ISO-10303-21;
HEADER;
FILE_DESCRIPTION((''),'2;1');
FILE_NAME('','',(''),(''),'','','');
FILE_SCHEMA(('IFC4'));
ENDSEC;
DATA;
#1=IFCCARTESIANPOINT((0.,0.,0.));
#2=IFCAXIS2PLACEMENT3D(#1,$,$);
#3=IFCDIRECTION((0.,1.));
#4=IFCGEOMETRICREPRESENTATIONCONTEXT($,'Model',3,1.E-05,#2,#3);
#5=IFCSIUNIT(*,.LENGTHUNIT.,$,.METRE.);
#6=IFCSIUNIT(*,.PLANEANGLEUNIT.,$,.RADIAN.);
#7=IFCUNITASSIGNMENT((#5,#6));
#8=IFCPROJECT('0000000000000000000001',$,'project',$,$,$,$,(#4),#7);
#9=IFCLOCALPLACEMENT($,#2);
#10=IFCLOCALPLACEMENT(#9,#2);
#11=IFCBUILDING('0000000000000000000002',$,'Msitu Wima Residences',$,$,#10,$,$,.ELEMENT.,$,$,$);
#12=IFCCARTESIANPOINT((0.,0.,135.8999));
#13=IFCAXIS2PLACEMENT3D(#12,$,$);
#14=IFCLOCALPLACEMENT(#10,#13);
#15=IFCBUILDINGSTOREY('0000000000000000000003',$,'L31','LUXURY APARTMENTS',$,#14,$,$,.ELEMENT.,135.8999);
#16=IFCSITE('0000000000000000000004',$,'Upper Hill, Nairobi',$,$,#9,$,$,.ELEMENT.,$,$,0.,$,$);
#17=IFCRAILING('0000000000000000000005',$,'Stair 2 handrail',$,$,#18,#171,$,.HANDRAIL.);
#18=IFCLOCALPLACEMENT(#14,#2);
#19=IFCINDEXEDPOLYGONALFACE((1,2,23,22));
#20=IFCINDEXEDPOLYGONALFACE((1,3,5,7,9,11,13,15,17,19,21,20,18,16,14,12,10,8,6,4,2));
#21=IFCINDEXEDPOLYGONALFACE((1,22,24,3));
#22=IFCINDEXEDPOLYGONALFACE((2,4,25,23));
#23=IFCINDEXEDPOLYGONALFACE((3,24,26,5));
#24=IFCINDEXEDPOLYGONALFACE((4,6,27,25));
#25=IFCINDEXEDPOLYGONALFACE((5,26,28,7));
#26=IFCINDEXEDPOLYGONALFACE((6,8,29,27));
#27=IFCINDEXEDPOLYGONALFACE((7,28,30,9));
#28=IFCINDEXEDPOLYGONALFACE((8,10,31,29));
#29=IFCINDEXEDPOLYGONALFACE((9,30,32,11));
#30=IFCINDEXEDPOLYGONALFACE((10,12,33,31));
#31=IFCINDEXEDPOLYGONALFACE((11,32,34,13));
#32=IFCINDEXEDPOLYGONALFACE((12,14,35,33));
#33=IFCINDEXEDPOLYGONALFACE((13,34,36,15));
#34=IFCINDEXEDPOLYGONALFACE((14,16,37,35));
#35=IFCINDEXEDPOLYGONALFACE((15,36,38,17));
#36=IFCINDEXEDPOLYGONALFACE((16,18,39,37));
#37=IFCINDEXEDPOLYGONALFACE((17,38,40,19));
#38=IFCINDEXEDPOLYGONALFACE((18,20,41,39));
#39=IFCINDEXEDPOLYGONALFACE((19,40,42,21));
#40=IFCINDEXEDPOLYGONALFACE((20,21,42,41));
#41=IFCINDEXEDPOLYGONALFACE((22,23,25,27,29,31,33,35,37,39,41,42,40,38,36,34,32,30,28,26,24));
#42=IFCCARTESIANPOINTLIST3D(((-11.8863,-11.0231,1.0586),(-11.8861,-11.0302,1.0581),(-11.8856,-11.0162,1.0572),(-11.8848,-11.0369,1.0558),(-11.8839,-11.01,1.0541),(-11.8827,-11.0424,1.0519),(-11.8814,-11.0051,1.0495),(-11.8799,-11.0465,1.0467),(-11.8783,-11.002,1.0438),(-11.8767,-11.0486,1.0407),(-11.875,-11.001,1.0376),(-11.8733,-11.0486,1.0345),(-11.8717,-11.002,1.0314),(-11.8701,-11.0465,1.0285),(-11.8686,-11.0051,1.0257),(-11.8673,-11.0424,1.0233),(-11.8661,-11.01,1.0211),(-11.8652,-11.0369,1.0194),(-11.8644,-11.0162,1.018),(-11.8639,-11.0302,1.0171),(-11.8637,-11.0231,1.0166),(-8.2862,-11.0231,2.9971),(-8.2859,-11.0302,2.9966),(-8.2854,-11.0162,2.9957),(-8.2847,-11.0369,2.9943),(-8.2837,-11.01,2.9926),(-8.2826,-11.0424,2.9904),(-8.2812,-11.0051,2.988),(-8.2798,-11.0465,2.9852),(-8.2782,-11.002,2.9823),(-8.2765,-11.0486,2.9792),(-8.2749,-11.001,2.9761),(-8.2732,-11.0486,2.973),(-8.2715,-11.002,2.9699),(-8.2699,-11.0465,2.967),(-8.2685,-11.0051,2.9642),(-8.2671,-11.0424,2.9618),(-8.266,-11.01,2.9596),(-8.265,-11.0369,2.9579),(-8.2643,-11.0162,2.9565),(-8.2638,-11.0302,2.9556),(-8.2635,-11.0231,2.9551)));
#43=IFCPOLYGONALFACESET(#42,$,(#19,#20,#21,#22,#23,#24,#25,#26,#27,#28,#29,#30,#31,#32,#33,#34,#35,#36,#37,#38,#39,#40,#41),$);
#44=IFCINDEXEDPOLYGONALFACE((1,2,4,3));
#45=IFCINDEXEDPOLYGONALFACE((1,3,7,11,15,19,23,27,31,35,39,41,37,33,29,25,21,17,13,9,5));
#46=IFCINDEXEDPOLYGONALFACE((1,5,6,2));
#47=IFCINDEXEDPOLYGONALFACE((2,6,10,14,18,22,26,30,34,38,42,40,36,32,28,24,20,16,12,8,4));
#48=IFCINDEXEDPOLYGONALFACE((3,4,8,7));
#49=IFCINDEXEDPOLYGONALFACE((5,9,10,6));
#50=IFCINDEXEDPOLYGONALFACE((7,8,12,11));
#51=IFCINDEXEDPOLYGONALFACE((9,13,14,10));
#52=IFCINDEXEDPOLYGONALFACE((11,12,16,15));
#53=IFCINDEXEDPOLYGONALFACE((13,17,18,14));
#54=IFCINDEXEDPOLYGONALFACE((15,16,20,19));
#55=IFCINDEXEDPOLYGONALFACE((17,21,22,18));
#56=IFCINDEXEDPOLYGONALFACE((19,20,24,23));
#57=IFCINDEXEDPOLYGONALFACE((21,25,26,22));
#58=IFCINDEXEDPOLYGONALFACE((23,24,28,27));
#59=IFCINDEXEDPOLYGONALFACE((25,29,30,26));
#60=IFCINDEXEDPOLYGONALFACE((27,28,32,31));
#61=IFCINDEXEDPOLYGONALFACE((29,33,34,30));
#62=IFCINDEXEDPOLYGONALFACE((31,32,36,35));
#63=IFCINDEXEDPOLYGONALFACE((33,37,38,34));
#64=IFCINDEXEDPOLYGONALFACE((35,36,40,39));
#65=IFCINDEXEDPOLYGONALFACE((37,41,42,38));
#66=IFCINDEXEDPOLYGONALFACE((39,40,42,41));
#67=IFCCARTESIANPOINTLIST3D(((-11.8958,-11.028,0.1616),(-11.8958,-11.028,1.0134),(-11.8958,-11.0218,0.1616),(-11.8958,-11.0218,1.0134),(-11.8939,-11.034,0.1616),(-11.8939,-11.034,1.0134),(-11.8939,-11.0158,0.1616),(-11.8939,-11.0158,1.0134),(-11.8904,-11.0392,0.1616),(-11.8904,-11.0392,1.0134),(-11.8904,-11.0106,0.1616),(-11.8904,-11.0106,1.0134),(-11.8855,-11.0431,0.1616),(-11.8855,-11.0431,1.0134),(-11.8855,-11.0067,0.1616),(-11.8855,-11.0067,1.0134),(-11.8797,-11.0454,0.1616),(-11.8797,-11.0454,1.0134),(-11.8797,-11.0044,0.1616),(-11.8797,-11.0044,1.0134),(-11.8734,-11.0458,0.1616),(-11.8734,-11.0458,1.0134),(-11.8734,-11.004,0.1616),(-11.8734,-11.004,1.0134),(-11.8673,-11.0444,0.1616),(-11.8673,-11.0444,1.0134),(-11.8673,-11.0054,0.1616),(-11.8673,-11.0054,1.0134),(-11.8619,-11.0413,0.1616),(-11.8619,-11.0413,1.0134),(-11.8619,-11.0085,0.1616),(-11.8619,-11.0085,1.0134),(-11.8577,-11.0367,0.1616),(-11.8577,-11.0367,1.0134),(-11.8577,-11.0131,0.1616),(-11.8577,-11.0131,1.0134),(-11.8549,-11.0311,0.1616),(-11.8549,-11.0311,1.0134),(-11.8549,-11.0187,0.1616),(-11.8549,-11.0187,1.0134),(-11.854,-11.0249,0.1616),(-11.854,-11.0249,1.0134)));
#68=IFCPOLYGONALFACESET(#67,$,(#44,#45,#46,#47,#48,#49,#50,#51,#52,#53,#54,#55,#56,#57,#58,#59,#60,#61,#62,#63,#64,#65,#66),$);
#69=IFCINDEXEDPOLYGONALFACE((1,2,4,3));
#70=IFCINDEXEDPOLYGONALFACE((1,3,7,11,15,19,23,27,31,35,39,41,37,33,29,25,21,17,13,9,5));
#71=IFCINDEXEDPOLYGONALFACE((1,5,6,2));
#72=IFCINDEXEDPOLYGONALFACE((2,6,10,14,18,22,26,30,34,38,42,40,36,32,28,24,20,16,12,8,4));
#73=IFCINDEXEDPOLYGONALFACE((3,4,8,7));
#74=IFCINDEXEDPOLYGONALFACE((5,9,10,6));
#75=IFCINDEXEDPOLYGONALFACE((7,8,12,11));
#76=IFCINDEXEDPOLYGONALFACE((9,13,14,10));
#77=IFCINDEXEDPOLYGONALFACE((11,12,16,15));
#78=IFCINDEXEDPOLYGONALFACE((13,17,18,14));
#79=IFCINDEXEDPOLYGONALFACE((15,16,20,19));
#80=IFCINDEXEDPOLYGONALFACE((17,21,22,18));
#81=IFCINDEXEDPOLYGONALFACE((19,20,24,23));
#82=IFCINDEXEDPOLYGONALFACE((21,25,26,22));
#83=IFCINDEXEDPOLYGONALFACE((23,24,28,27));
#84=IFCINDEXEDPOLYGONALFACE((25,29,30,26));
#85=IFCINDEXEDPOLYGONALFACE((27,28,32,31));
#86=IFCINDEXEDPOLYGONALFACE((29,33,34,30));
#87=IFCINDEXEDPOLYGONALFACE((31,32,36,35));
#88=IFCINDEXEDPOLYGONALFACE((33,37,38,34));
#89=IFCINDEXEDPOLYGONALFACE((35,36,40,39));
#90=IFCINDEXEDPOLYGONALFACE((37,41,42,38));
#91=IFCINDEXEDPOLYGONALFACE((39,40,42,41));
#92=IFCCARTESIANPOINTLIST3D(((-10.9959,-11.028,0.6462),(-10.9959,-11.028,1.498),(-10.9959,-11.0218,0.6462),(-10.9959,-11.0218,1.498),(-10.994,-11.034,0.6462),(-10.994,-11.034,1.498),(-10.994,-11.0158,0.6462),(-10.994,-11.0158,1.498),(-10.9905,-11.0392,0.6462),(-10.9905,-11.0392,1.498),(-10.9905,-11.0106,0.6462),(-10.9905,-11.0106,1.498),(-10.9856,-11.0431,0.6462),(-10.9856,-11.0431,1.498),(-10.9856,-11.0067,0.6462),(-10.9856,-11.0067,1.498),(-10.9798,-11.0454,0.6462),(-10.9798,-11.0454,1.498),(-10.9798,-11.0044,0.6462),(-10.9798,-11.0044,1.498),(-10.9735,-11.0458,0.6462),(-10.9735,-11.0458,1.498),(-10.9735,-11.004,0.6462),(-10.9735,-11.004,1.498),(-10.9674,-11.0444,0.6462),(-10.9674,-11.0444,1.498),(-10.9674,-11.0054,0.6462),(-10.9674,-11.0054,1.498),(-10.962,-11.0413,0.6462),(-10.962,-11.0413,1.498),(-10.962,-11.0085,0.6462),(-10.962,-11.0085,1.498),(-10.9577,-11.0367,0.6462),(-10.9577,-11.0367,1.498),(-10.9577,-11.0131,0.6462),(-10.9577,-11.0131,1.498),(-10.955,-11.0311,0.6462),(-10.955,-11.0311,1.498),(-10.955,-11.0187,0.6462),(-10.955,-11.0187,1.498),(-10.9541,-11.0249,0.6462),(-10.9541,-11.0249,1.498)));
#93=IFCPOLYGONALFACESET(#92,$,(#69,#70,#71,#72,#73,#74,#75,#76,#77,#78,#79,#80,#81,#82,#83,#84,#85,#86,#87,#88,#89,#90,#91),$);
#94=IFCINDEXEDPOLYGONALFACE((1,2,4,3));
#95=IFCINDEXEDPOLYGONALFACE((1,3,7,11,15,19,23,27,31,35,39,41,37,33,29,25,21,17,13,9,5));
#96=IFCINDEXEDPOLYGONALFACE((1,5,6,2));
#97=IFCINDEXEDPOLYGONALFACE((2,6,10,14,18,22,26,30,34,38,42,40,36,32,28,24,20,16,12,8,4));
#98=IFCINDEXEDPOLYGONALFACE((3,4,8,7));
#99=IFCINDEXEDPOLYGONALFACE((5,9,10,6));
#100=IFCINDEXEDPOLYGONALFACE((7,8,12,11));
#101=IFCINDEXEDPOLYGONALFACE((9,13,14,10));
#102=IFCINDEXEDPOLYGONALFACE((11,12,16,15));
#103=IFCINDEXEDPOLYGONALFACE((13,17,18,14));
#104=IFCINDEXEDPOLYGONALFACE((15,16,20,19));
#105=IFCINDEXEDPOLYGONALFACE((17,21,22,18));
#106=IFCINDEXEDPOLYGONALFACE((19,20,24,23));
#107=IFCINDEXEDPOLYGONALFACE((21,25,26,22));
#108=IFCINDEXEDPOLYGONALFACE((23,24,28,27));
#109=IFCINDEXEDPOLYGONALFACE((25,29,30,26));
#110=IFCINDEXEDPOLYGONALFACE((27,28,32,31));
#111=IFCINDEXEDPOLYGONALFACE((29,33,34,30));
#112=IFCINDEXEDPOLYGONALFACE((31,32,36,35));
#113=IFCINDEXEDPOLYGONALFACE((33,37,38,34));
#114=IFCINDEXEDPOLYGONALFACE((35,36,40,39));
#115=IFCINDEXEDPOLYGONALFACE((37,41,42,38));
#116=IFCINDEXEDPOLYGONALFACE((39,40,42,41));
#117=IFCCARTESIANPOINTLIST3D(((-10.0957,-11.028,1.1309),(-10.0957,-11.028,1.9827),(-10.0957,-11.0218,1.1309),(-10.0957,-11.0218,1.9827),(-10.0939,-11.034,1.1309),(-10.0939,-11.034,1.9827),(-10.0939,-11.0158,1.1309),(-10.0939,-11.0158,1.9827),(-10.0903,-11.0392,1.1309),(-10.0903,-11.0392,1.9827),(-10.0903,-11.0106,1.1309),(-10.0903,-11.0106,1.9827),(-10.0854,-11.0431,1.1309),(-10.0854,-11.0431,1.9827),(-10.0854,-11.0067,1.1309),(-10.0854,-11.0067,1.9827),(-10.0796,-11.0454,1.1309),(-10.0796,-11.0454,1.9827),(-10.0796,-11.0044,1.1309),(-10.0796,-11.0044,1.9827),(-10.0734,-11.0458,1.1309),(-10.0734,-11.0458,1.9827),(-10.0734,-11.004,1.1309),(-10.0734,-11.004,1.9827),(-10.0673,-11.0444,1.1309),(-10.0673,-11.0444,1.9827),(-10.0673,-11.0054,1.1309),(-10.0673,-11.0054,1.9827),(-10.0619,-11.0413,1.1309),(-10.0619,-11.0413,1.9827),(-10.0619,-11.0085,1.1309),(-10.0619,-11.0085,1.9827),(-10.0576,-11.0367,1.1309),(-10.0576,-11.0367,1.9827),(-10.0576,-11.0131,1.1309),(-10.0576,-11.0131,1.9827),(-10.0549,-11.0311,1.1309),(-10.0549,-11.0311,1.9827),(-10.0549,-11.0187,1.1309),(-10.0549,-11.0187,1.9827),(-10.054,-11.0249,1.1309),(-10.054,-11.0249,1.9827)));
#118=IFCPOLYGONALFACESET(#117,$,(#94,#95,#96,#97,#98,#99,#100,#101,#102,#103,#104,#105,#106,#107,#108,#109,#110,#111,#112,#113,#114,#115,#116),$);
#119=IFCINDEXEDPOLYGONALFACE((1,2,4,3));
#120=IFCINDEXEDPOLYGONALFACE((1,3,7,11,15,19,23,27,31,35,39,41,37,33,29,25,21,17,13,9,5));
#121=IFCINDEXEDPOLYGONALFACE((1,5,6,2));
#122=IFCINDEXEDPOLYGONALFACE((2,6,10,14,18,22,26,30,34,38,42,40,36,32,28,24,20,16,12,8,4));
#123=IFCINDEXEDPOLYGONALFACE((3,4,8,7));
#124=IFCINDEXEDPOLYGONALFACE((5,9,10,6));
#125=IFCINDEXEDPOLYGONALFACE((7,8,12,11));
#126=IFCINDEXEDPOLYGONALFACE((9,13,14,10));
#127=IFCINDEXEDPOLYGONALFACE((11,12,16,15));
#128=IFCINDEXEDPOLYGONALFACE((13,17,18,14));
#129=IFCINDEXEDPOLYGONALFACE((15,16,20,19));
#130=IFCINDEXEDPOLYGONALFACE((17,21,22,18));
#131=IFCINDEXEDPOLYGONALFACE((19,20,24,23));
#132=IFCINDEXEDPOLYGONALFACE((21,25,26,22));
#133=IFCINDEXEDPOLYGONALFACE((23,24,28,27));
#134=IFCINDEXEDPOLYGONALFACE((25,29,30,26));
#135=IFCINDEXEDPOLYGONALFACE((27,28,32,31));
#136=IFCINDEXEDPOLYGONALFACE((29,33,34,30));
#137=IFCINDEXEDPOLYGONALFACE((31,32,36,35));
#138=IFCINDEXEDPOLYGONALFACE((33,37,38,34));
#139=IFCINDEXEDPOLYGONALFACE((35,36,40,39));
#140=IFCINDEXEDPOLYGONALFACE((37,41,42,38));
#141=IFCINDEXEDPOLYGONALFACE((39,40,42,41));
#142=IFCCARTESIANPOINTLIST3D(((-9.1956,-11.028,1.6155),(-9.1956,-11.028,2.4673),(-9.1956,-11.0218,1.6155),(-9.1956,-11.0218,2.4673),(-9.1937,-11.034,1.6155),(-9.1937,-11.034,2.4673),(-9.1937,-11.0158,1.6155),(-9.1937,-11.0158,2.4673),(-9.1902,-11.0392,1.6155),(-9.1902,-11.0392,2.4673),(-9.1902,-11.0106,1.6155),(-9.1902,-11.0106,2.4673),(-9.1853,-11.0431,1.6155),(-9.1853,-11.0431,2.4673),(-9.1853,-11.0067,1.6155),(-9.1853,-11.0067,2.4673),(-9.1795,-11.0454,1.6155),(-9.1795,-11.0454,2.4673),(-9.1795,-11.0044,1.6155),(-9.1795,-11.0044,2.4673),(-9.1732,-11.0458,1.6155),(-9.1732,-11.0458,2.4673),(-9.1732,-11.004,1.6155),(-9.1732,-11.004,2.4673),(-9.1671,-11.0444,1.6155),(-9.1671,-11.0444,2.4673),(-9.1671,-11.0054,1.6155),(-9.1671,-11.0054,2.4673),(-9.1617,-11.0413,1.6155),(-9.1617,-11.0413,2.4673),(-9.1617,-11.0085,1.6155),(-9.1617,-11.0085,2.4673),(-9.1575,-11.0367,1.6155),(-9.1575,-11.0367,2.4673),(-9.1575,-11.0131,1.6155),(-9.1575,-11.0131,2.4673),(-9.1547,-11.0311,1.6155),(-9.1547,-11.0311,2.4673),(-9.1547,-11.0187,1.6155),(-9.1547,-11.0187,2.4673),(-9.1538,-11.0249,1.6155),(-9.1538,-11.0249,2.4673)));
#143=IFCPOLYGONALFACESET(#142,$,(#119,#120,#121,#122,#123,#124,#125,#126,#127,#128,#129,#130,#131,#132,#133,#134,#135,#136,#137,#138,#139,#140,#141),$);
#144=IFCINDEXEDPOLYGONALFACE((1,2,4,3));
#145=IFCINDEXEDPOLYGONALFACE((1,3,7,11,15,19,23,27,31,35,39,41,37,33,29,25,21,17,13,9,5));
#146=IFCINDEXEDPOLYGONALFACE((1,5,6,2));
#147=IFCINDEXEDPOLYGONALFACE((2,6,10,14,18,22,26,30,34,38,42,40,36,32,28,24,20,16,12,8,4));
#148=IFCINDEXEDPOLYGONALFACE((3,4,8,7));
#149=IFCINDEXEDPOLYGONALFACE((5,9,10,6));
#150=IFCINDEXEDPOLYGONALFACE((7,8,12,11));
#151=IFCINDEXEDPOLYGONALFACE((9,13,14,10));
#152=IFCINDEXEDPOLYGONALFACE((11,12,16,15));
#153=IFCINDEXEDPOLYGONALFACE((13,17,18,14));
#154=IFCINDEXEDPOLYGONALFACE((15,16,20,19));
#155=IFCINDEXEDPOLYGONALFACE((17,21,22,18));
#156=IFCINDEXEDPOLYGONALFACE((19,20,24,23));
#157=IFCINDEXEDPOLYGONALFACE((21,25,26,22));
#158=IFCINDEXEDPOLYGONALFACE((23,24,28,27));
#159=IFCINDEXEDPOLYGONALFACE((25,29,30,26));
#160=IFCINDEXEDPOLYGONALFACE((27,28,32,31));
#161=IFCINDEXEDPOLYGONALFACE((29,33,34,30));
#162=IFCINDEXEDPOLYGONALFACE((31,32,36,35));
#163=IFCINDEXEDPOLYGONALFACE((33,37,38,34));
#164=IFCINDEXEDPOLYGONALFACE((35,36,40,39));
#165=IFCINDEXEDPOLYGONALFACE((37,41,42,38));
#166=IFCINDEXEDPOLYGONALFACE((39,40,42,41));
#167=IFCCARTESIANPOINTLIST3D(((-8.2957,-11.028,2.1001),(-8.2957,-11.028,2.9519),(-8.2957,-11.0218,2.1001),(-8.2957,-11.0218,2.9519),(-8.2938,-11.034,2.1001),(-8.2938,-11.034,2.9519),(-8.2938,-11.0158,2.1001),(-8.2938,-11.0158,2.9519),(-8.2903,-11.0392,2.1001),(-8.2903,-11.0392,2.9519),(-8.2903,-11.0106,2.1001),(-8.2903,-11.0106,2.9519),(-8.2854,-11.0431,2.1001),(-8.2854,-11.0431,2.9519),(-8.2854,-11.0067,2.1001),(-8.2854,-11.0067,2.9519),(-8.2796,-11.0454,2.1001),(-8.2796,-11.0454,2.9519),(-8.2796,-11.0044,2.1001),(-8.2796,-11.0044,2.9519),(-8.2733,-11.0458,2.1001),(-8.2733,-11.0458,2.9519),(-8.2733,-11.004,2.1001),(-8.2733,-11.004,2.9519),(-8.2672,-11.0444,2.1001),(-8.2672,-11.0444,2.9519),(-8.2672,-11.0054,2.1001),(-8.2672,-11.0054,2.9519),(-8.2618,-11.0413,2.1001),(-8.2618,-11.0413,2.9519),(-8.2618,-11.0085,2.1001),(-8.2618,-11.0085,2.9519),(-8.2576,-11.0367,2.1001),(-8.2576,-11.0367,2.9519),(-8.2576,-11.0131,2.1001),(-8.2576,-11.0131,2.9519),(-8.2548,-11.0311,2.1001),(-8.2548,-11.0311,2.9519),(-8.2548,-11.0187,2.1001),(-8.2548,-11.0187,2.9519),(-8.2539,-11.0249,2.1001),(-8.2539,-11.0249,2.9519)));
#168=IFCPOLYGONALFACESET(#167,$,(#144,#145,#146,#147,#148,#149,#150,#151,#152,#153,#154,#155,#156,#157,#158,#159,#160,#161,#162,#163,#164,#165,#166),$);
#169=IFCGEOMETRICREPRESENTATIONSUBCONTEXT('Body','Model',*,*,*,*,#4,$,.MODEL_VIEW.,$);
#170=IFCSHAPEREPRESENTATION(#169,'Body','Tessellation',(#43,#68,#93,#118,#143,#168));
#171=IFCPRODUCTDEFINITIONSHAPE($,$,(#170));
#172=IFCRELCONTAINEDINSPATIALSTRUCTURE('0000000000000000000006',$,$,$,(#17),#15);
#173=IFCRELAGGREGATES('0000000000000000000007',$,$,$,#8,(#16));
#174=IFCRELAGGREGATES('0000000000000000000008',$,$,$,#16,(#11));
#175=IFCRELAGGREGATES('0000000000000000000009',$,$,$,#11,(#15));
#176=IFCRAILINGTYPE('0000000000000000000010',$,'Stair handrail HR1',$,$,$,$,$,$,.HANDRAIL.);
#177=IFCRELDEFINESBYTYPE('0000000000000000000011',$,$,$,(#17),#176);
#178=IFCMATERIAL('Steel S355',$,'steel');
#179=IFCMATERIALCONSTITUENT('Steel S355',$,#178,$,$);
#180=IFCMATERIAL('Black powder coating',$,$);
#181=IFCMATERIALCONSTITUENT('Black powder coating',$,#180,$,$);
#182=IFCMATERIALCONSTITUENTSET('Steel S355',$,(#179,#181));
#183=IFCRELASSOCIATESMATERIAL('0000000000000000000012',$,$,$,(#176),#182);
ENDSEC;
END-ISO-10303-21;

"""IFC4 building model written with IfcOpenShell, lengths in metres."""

from ifc_helpers import new_model, si_unit, direction, frame, origin, origin_2d, place, context, subcontext, project, spatial, circle, extrude, material, constituent, constituent_set, type_object, element, save


model = new_model("IFC4")

# Units and contexts
model_context = context("Model", 3, precision=1e-05, world=origin(), true_north=direction((0.0, 1.0)))
body_context = subcontext(model_context, "Body", "Model", "MODEL_VIEW")
ifc_project = project(units=[si_unit("LENGTHUNIT", "METRE"), si_unit("PLANEANGLEUNIT", "RADIAN")], contexts=[model_context])

# Site, building, storey
site_placement = place(None, origin())
site = spatial("IfcSite", under=ifc_project, at=site_placement, Name="Upper Hill, Nairobi", CompositionType="ELEMENT", RefElevation=0.0)
building_placement = place(site_placement, origin())
building = spatial("IfcBuilding", under=site, at=building_placement, Name="Msitu Wima Residences", CompositionType="ELEMENT")
storey_placement = place(building_placement, frame((0.0, 0.0, 135.8999)))
storey = spatial("IfcBuildingStorey", under=building, at=storey_placement, Name="L31", Description="LUXURY APARTMENTS", CompositionType="ELEMENT", Elevation=135.8999)

# Railing
ifc_material_1 = material(Name="Steel S355", Category="steel")
ifc_constituent_1 = constituent(ifc_material_1, Name="Steel S355")
ifc_material_2 = material(Name="Black powder coating")
ifc_constituent_2 = constituent(ifc_material_2, Name="Black powder coating")
ifc_constituent_set = constituent_set(constituents=[ifc_constituent_1, ifc_constituent_2], Name="Steel S355")
railing_type = type_object("IfcRailingType", Name="Stair handrail HR1", PredefinedType="HANDRAIL", material=ifc_constituent_set)
for number, where, name in (
    (1, (-11.875, -11.0249, 0.1616), "Stair 2 handrail"),
):
    element("IfcRailing", number, at=place(storey_placement, frame(where)), inside=storey, type_object=railing_type, Name=name, PredefinedType="HANDRAIL", context=body_context, shape_type="SweptSolid", body=[
        extrude(circle(Radius=0.0239, at=origin_2d()), frame((0.0, 0.0, 0.876), z_axis=(0.880475, 0.0, 0.474093), x_axis=(0.0, 1.0, 0.0)), (0.0, 0.0, 1.0), 4.0889),
        extrude(circle(Radius=0.021, at=origin_2d()), origin(), (0.0, 0.0, 1.0), 0.8518),
        extrude(circle(Radius=0.021, at=origin_2d()), frame((0.8999, 0.0, 0.4846)), (0.0, 0.0, 1.0), 0.8518),
        extrude(circle(Radius=0.021, at=origin_2d()), frame((1.8, 0.0, 0.9692)), (0.0, 0.0, 1.0), 0.8518),
        extrude(circle(Radius=0.021, at=origin_2d()), frame((2.7002, 0.0, 1.4539)), (0.0, 0.0, 1.0), 0.8518),
        extrude(circle(Radius=0.021, at=origin_2d()), frame((3.6001, 0.0, 1.9385)), (0.0, 0.0, 1.0), 0.8518),
    ])

save(model, "model.ifc")
